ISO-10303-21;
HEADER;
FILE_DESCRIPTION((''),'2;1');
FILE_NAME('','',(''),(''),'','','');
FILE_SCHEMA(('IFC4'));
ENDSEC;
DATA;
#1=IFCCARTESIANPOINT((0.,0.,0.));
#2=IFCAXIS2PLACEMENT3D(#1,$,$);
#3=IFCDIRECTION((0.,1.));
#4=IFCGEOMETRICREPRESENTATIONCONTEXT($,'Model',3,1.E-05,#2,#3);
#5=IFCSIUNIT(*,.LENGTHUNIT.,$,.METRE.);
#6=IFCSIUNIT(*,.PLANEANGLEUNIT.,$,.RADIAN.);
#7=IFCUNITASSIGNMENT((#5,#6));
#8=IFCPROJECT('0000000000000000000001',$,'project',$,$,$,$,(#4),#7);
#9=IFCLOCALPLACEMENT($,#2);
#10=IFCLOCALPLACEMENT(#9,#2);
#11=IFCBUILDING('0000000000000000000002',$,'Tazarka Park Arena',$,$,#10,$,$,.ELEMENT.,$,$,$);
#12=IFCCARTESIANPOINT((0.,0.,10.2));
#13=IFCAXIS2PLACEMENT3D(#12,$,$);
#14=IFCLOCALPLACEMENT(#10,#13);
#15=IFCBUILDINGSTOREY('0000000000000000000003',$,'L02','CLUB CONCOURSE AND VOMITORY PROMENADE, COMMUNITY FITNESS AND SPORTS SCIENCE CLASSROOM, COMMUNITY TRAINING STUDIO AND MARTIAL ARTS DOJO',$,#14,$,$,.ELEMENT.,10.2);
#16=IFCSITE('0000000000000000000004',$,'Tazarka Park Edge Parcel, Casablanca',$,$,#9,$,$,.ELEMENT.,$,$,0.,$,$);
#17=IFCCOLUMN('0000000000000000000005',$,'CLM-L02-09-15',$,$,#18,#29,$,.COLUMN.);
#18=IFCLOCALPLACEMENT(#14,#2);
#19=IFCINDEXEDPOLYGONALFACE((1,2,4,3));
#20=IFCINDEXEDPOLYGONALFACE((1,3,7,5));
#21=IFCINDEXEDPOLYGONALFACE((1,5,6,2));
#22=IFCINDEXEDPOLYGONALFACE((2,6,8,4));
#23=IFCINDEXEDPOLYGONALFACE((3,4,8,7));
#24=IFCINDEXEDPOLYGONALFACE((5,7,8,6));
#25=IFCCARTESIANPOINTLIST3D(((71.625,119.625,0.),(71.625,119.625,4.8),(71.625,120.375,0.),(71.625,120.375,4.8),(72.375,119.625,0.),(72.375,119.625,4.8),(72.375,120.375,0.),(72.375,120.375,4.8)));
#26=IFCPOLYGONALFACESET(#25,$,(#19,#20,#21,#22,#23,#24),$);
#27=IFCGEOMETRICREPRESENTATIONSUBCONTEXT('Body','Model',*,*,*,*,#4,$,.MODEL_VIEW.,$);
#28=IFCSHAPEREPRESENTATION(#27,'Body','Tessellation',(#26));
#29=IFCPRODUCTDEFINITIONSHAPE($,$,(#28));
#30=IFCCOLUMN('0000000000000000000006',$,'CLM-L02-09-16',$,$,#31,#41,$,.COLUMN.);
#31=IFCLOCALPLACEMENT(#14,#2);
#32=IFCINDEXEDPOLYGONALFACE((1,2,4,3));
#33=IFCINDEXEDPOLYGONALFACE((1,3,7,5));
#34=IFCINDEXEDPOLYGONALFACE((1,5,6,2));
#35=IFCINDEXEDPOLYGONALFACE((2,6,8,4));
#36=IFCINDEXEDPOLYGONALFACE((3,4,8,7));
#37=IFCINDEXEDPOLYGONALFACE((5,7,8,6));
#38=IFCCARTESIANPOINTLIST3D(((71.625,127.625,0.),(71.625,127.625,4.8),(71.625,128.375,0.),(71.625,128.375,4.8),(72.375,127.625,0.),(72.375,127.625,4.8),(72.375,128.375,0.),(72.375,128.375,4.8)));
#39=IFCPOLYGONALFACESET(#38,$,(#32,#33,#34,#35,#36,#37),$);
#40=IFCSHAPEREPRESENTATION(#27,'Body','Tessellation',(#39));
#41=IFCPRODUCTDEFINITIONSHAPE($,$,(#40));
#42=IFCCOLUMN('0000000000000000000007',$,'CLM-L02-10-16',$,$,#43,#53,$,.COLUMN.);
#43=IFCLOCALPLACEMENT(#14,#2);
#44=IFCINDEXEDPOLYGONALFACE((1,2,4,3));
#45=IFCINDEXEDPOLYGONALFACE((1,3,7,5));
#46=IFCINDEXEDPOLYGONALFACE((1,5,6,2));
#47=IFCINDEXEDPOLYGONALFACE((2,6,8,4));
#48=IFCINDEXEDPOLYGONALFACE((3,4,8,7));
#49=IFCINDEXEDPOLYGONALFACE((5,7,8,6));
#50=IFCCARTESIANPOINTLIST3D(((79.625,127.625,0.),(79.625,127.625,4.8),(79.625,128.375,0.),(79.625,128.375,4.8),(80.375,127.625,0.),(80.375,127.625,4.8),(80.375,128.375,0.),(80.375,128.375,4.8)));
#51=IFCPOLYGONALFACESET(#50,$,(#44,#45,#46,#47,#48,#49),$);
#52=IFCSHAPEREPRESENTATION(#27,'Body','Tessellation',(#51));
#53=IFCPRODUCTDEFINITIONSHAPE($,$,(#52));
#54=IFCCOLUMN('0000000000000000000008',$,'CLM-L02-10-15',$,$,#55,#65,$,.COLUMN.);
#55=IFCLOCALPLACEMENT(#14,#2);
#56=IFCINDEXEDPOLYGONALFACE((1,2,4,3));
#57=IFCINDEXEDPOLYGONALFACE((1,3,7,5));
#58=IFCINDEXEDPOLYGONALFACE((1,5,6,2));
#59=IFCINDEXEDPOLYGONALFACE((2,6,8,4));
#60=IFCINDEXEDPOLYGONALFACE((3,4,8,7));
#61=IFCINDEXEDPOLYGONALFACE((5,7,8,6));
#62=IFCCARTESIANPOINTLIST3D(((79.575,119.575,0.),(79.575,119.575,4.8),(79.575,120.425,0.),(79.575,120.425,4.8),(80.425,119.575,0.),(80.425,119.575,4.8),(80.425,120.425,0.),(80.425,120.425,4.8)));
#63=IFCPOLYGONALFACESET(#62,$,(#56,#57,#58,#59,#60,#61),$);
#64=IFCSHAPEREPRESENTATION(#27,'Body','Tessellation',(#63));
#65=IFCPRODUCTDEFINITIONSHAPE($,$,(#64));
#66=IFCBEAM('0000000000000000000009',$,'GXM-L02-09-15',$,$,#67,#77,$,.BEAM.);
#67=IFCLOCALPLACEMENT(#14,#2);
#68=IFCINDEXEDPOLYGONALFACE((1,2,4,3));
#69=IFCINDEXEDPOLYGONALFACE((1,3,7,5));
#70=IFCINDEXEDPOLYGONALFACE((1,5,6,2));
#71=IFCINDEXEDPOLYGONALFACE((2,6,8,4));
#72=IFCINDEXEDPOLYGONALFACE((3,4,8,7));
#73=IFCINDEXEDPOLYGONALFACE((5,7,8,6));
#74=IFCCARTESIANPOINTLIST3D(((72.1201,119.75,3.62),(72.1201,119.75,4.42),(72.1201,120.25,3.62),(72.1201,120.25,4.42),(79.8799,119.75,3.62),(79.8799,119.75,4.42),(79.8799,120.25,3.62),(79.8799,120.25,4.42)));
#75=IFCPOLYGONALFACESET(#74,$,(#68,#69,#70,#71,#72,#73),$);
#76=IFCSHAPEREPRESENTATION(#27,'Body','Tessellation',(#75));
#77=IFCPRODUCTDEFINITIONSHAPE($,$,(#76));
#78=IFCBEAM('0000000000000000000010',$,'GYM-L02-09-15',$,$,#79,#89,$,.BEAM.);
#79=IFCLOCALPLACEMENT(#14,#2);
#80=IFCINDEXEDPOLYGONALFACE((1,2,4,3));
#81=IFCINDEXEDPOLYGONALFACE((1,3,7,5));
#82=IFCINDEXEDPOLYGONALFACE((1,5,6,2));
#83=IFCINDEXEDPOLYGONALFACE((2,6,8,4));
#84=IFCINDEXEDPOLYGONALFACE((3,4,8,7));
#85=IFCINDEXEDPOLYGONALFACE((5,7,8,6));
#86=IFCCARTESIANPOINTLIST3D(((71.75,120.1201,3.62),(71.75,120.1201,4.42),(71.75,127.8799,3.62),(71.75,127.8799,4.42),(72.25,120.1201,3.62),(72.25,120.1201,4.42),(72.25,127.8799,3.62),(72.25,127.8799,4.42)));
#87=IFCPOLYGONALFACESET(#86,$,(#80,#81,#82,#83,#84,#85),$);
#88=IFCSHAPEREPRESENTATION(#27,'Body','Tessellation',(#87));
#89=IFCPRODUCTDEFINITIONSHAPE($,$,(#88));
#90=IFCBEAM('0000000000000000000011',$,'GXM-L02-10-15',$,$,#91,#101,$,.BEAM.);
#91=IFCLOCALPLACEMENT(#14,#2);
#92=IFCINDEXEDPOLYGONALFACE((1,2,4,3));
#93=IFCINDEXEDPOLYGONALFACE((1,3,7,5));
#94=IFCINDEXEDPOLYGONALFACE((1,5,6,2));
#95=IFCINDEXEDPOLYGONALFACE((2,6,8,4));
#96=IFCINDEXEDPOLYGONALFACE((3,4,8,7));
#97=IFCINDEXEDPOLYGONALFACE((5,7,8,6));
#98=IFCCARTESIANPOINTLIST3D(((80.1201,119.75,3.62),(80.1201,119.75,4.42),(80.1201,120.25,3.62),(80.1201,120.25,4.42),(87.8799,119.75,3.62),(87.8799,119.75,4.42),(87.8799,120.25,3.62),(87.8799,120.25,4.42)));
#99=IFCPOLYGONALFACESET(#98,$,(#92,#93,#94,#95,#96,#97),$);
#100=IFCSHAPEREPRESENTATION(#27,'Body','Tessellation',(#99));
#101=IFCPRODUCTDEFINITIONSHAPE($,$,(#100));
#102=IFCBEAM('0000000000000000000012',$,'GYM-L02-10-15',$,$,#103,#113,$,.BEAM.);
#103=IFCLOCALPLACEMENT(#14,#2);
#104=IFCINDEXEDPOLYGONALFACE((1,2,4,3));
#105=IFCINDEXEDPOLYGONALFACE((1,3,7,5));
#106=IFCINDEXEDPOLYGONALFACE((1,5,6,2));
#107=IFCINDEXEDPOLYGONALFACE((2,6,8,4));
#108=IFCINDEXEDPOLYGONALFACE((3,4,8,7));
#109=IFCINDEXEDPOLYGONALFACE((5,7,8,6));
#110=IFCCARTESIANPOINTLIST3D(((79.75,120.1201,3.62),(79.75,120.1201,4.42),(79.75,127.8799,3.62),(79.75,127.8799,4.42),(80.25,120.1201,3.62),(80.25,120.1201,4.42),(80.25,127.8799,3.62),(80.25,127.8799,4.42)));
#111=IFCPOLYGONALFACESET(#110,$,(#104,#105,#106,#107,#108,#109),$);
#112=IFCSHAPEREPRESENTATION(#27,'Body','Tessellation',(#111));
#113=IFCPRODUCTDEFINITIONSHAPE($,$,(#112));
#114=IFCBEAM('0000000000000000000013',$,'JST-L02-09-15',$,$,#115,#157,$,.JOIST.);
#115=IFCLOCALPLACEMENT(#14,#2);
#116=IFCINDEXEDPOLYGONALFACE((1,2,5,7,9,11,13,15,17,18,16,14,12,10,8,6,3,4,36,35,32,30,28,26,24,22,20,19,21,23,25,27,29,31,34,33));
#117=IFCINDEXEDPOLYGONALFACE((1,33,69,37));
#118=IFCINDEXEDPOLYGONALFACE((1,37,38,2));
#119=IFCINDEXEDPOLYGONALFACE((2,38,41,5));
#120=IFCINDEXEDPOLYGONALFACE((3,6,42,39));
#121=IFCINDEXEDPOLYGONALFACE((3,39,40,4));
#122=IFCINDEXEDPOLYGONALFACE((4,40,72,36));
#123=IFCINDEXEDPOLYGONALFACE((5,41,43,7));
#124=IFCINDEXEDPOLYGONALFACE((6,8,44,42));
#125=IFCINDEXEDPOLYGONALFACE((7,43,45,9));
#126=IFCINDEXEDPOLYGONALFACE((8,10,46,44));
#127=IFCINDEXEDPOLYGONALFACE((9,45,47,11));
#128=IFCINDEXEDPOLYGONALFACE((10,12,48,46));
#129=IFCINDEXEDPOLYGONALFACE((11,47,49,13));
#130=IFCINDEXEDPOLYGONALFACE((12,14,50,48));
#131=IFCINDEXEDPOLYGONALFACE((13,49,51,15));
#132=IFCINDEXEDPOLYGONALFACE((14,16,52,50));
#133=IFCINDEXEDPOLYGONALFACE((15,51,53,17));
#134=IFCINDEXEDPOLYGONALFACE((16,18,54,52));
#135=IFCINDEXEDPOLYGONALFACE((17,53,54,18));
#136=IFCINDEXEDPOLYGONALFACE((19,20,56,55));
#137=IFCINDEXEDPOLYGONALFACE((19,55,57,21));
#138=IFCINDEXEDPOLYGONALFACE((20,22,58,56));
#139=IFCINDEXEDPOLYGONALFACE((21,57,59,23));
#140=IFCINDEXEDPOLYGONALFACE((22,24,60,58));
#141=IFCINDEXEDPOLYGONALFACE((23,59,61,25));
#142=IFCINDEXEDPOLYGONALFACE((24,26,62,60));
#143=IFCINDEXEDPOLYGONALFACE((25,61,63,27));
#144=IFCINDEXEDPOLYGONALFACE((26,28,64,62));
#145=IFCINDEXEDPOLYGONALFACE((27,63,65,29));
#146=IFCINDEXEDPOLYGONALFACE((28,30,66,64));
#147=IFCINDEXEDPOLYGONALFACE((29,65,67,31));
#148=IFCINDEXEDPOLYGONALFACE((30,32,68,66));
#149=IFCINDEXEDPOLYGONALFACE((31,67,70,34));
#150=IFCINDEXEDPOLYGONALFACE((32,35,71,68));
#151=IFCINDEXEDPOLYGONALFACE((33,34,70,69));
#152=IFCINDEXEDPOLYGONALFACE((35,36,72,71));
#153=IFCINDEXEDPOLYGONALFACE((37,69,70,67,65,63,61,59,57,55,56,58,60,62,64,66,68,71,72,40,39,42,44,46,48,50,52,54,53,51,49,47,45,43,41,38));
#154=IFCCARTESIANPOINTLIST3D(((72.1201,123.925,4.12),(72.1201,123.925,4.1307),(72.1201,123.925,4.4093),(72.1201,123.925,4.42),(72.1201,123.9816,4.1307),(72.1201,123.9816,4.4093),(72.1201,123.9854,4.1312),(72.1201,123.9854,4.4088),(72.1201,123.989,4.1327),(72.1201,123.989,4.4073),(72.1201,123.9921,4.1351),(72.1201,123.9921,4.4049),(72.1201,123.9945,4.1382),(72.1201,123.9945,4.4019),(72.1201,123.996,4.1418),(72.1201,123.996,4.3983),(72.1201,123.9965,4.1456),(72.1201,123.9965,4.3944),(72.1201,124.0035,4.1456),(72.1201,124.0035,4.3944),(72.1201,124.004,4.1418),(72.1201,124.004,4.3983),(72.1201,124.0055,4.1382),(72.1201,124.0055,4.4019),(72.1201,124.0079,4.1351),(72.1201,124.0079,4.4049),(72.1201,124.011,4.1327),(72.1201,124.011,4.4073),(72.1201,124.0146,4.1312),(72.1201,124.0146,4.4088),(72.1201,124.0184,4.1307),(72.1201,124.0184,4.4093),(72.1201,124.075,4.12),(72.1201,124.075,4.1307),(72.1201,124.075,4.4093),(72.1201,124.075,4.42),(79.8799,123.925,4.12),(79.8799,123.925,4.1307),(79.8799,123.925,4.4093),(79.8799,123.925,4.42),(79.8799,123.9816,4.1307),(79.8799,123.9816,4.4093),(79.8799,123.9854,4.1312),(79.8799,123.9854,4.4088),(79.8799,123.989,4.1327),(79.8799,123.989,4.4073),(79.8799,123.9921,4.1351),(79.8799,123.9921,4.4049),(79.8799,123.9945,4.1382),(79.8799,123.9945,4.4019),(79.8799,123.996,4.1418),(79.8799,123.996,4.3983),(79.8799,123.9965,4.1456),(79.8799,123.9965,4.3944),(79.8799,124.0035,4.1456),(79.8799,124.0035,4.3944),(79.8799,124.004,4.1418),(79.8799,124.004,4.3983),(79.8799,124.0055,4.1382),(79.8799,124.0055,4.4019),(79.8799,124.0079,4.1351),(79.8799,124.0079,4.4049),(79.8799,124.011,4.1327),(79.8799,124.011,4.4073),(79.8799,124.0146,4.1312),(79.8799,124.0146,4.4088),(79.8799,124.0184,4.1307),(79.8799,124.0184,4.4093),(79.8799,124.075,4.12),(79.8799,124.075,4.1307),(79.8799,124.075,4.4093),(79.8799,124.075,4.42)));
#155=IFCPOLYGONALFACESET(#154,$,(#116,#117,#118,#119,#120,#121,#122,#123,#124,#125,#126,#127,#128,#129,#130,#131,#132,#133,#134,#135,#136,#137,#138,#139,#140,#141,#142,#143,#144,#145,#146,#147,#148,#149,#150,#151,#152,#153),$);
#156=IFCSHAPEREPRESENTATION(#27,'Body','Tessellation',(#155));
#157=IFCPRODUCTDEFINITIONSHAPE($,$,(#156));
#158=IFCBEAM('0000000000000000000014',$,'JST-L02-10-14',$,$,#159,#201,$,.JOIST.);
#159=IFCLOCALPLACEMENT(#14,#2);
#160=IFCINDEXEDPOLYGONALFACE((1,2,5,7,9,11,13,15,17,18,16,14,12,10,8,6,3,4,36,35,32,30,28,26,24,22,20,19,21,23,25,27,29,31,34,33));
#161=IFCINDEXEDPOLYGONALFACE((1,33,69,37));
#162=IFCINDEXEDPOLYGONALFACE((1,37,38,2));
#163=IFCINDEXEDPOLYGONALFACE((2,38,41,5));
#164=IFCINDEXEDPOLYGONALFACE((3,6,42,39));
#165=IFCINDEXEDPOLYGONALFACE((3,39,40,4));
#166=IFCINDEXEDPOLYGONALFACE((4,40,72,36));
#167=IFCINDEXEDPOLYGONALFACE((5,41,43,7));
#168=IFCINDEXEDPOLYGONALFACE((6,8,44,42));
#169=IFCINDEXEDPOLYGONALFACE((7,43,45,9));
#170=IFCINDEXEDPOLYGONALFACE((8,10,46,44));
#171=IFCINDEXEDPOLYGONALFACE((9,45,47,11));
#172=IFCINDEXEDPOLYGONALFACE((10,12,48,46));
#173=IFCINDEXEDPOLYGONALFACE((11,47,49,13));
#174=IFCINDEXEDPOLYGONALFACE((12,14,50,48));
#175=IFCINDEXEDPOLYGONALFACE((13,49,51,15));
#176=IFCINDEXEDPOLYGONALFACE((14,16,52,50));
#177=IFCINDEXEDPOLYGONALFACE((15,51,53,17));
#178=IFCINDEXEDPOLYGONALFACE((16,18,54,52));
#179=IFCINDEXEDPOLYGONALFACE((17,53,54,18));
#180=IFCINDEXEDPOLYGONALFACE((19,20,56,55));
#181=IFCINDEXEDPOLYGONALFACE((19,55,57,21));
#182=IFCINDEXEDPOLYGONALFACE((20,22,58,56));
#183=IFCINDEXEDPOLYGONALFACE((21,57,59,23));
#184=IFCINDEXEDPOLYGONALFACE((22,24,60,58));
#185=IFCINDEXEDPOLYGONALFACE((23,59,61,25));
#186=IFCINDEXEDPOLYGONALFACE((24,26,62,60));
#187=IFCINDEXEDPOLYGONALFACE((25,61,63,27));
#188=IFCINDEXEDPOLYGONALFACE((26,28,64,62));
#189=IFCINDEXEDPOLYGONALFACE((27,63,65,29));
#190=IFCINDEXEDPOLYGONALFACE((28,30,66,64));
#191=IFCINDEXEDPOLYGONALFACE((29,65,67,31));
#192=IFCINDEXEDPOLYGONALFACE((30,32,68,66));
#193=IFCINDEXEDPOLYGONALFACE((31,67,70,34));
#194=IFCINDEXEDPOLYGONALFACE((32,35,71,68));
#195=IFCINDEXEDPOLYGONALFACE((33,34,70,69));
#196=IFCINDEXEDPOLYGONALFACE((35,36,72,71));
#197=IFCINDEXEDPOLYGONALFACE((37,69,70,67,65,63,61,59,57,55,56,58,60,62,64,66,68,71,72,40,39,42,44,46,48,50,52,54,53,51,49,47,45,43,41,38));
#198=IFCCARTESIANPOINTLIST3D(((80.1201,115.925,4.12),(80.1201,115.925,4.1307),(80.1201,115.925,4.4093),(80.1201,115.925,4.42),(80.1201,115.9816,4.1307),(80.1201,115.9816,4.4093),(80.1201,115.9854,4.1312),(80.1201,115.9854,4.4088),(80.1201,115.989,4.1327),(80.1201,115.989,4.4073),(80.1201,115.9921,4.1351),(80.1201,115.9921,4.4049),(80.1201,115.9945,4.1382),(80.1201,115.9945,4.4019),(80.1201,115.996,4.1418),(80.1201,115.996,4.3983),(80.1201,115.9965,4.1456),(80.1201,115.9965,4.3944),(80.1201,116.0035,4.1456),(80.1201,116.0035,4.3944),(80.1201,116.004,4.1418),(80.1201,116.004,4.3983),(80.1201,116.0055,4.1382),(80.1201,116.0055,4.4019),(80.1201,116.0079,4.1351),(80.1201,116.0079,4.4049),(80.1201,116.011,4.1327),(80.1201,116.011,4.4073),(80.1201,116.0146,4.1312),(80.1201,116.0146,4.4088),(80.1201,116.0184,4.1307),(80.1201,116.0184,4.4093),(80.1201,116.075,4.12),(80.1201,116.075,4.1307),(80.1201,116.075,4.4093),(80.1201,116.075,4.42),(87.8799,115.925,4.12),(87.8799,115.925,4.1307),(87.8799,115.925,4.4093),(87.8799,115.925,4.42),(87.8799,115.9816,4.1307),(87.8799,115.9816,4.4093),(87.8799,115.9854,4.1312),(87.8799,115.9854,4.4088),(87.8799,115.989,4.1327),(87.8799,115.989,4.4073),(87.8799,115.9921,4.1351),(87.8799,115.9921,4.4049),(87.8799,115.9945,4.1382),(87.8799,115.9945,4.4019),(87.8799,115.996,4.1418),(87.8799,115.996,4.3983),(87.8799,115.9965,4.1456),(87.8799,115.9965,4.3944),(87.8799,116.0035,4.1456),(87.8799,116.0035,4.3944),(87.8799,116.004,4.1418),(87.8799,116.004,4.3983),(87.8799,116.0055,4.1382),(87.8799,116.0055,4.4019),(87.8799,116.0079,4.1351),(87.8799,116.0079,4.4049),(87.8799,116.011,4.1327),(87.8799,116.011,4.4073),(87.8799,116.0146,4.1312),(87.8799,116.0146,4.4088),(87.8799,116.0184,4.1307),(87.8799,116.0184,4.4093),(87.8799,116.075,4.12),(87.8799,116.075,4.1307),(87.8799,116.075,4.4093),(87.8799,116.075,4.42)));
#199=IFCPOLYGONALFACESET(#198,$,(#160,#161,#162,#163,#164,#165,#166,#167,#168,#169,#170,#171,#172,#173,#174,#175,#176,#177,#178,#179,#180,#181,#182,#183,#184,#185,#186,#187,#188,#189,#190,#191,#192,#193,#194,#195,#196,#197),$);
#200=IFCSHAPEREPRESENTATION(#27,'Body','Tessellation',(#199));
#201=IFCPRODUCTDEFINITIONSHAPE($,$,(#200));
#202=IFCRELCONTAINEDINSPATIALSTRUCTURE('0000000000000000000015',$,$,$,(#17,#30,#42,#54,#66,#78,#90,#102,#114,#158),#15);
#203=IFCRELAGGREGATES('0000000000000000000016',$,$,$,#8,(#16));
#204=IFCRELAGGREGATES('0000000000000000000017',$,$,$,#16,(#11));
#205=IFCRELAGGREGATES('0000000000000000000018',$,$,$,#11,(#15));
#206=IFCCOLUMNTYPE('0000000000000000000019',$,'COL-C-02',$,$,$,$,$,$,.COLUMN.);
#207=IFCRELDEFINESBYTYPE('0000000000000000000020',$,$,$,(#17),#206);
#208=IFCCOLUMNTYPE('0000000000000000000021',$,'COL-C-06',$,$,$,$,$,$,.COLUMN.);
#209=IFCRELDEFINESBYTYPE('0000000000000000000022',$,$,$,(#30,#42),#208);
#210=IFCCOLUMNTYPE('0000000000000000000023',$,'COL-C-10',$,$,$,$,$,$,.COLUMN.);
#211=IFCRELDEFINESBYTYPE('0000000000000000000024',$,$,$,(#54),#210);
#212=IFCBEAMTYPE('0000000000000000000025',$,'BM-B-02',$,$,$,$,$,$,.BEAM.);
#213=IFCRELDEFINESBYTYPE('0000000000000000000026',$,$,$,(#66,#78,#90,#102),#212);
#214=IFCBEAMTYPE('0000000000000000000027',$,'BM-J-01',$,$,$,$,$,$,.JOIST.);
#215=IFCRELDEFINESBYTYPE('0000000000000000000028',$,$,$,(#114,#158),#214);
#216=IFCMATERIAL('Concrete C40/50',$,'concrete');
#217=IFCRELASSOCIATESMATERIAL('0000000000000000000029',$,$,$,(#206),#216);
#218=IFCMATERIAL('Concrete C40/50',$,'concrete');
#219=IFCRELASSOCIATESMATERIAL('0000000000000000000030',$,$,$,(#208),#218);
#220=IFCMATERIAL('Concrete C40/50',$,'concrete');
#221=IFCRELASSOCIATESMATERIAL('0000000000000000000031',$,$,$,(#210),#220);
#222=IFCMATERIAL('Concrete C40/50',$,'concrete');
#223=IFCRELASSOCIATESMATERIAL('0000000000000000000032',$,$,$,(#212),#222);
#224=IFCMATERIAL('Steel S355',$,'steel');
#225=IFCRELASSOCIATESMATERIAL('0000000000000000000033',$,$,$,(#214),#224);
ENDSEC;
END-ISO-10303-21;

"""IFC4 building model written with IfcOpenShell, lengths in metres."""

from ifc_helpers import new_model, si_unit, direction, frame, origin, origin_2d, place, context, subcontext, project, spatial, rectangle, i_section, extrude, material, material_profile, profile_set, type_object, element, save


model = new_model("IFC4")

# Units and contexts
model_context = context("Model", 3, precision=1e-05, world=origin(), true_north=direction((0.0, 1.0)))
body_context = subcontext(model_context, "Body", "Model", "MODEL_VIEW")
ifc_project = project(units=[si_unit("LENGTHUNIT", "METRE"), si_unit("PLANEANGLEUNIT", "RADIAN")], contexts=[model_context])

# Site, building, storey
site_placement = place(None, origin())
site = spatial("IfcSite", under=ifc_project, at=site_placement, Name="Tazarka Park Edge Parcel, Casablanca", CompositionType="ELEMENT", RefElevation=0.0)
building_placement = place(site_placement, origin())
building = spatial("IfcBuilding", under=site, at=building_placement, Name="Tazarka Park Arena", CompositionType="ELEMENT")
storey_placement = place(building_placement, frame((0.0, 0.0, 10.2)))
storey = spatial("IfcBuildingStorey", under=building, at=storey_placement, Name="L02", Description="CLUB CONCOURSE AND VOMITORY PROMENADE, COMMUNITY FITNESS AND SPORTS SCIENCE CLASSROOM, COMMUNITY TRAINING STUDIO AND MARTIAL ARTS DOJO", CompositionType="ELEMENT", Elevation=10.2)

# Columns
ifc_material_1 = material(Name="Concrete C40/50", Category="concrete")
ifc_material_profile_1 = material_profile(ifc_material_1, rectangle(XDim=0.75, YDim=0.75, at=origin_2d()), Name="Concrete C40/50")
ifc_profile_set_1 = profile_set([ifc_material_profile_1], Name="Concrete C40/50")
column_type_1 = type_object("IfcColumnType", Name="COL-C-02", PredefinedType="COLUMN", material=ifc_profile_set_1)
column_1_placement = place(storey_placement, frame((72.0, 120.0, 0.0), z_axis=(0.0, 0.0, 1.0), x_axis=(1.0, 0.0, 0.0)))
element("IfcColumn", 1, at=column_1_placement, inside=storey, type_object=column_type_1, Name="CLM-L02-09-15", PredefinedType="COLUMN", context=body_context, shape_type="SweptSolid", body=[
    extrude(rectangle(XDim=0.75, YDim=0.75, at=origin_2d()), origin(), (0.0, 0.0, 1.0), 4.8),
])
ifc_material_2 = material(Name="Concrete C40/50", Category="concrete")
ifc_material_profile_2 = material_profile(ifc_material_2, rectangle(XDim=0.75, YDim=0.75, at=origin_2d()), Name="Concrete C40/50")
ifc_profile_set_2 = profile_set([ifc_material_profile_2], Name="Concrete C40/50")
column_type_2 = type_object("IfcColumnType", Name="COL-C-06", PredefinedType="COLUMN", material=ifc_profile_set_2)
for number, where, z_axis, x_axis, name in (
    (2, (72.0, 128.0, 0.0), (0.0, 0.0, 1.0), (1.0, 0.0, 0.0), "CLM-L02-09-16"),
    (3, (80.0, 128.0, 0.0), (0.0, 0.0, 1.0), (1.0, 0.0, 0.0), "CLM-L02-10-16"),
):
    element("IfcColumn", number, at=place(storey_placement, frame(where, z_axis=z_axis, x_axis=x_axis)), inside=storey, type_object=column_type_2, Name=name, PredefinedType="COLUMN", context=body_context, shape_type="SweptSolid", body=[
        extrude(rectangle(XDim=0.75, YDim=0.75, at=origin_2d()), origin(), (0.0, 0.0, 1.0), 4.8),
    ])
ifc_material_3 = material(Name="Concrete C40/50", Category="concrete")
ifc_material_profile_3 = material_profile(ifc_material_3, rectangle(XDim=0.8501, YDim=0.8501, at=origin_2d()), Name="Concrete C40/50")
ifc_profile_set_3 = profile_set([ifc_material_profile_3], Name="Concrete C40/50")
column_type_3 = type_object("IfcColumnType", Name="COL-C-10", PredefinedType="COLUMN", material=ifc_profile_set_3)
column_2_placement = place(storey_placement, frame((80.0, 120.0, 0.0), z_axis=(0.0, 0.0, 1.0), x_axis=(1.0, 0.0, 0.0)))
element("IfcColumn", 4, at=column_2_placement, inside=storey, type_object=column_type_3, Name="CLM-L02-10-15", PredefinedType="COLUMN", context=body_context, shape_type="SweptSolid", body=[
    extrude(rectangle(XDim=0.8501, YDim=0.8501, at=origin_2d()), origin(), (0.0, 0.0, 1.0), 4.8),
])

# Beams
ifc_material_4 = material(Name="Concrete C40/50", Category="concrete")
ifc_material_profile_4 = material_profile(ifc_material_4, rectangle(XDim=0.5, YDim=0.8, at=origin_2d()), Name="Concrete C40/50")
ifc_profile_set_4 = profile_set([ifc_material_profile_4], Name="Concrete C40/50")
beam_type_1 = type_object("IfcBeamType", Name="BM-B-02", PredefinedType="BEAM", material=ifc_profile_set_4)
for number, where, z_axis, x_axis, name in (
    (5, (72.1201, 120.0, 4.02), (1.0, 0.0, 0.0), (0.0, 1.0, 0.0), "GXM-L02-09-15"),
    (6, (72.0, 120.1201, 4.02), (0.0, 1.0, 0.0), (-1.0, 0.0, 0.0), "GYM-L02-09-15"),
    (7, (80.1201, 120.0, 4.02), (1.0, 0.0, 0.0), (0.0, 1.0, 0.0), "GXM-L02-10-15"),
    (8, (80.0, 120.1201, 4.02), (0.0, 1.0, 0.0), (-1.0, 0.0, 0.0), "GYM-L02-10-15"),
):
    element("IfcBeam", number, at=place(storey_placement, frame(where, z_axis=z_axis, x_axis=x_axis)), inside=storey, type_object=beam_type_1, Name=name, PredefinedType="BEAM", context=body_context, shape_type="SweptSolid", body=[
        extrude(rectangle(XDim=0.5, YDim=0.8, at=origin_2d()), origin(), (0.0, 0.0, 1.0), 7.7598),
    ])
ifc_material_5 = material(Name="Steel S355", Category="steel")
ifc_material_profile_5 = material_profile(ifc_material_5, i_section(OverallWidth=0.1499, OverallDepth=0.3, WebThickness=0.0071, FlangeThickness=0.0107, FilletRadius=0.0149, at=origin_2d()), Name="Steel S355")
ifc_profile_set_5 = profile_set([ifc_material_profile_5], Name="Steel S355")
beam_type_2 = type_object("IfcBeamType", Name="BM-J-01", PredefinedType="JOIST", material=ifc_profile_set_5)
for number, where, z_axis, x_axis, name in (
    (9, (72.1201, 124.0, 4.27), (1.0, 0.0, 0.0), (0.0, 1.0, 0.0), "JST-L02-09-15"),
    (10, (80.1201, 116.0, 4.27), (1.0, 0.0, 0.0), (0.0, 1.0, 0.0), "JST-L02-10-14"),
):
    element("IfcBeam", number, at=place(storey_placement, frame(where, z_axis=z_axis, x_axis=x_axis)), inside=storey, type_object=beam_type_2, Name=name, PredefinedType="JOIST", context=body_context, shape_type="SweptSolid", body=[
        extrude(i_section(OverallWidth=0.1499, OverallDepth=0.3, WebThickness=0.0071, FlangeThickness=0.0107, FilletRadius=0.0149, at=origin_2d()), origin(), (0.0, 0.0, 1.0), 7.7598),
    ])

save(model, "model.ifc")
